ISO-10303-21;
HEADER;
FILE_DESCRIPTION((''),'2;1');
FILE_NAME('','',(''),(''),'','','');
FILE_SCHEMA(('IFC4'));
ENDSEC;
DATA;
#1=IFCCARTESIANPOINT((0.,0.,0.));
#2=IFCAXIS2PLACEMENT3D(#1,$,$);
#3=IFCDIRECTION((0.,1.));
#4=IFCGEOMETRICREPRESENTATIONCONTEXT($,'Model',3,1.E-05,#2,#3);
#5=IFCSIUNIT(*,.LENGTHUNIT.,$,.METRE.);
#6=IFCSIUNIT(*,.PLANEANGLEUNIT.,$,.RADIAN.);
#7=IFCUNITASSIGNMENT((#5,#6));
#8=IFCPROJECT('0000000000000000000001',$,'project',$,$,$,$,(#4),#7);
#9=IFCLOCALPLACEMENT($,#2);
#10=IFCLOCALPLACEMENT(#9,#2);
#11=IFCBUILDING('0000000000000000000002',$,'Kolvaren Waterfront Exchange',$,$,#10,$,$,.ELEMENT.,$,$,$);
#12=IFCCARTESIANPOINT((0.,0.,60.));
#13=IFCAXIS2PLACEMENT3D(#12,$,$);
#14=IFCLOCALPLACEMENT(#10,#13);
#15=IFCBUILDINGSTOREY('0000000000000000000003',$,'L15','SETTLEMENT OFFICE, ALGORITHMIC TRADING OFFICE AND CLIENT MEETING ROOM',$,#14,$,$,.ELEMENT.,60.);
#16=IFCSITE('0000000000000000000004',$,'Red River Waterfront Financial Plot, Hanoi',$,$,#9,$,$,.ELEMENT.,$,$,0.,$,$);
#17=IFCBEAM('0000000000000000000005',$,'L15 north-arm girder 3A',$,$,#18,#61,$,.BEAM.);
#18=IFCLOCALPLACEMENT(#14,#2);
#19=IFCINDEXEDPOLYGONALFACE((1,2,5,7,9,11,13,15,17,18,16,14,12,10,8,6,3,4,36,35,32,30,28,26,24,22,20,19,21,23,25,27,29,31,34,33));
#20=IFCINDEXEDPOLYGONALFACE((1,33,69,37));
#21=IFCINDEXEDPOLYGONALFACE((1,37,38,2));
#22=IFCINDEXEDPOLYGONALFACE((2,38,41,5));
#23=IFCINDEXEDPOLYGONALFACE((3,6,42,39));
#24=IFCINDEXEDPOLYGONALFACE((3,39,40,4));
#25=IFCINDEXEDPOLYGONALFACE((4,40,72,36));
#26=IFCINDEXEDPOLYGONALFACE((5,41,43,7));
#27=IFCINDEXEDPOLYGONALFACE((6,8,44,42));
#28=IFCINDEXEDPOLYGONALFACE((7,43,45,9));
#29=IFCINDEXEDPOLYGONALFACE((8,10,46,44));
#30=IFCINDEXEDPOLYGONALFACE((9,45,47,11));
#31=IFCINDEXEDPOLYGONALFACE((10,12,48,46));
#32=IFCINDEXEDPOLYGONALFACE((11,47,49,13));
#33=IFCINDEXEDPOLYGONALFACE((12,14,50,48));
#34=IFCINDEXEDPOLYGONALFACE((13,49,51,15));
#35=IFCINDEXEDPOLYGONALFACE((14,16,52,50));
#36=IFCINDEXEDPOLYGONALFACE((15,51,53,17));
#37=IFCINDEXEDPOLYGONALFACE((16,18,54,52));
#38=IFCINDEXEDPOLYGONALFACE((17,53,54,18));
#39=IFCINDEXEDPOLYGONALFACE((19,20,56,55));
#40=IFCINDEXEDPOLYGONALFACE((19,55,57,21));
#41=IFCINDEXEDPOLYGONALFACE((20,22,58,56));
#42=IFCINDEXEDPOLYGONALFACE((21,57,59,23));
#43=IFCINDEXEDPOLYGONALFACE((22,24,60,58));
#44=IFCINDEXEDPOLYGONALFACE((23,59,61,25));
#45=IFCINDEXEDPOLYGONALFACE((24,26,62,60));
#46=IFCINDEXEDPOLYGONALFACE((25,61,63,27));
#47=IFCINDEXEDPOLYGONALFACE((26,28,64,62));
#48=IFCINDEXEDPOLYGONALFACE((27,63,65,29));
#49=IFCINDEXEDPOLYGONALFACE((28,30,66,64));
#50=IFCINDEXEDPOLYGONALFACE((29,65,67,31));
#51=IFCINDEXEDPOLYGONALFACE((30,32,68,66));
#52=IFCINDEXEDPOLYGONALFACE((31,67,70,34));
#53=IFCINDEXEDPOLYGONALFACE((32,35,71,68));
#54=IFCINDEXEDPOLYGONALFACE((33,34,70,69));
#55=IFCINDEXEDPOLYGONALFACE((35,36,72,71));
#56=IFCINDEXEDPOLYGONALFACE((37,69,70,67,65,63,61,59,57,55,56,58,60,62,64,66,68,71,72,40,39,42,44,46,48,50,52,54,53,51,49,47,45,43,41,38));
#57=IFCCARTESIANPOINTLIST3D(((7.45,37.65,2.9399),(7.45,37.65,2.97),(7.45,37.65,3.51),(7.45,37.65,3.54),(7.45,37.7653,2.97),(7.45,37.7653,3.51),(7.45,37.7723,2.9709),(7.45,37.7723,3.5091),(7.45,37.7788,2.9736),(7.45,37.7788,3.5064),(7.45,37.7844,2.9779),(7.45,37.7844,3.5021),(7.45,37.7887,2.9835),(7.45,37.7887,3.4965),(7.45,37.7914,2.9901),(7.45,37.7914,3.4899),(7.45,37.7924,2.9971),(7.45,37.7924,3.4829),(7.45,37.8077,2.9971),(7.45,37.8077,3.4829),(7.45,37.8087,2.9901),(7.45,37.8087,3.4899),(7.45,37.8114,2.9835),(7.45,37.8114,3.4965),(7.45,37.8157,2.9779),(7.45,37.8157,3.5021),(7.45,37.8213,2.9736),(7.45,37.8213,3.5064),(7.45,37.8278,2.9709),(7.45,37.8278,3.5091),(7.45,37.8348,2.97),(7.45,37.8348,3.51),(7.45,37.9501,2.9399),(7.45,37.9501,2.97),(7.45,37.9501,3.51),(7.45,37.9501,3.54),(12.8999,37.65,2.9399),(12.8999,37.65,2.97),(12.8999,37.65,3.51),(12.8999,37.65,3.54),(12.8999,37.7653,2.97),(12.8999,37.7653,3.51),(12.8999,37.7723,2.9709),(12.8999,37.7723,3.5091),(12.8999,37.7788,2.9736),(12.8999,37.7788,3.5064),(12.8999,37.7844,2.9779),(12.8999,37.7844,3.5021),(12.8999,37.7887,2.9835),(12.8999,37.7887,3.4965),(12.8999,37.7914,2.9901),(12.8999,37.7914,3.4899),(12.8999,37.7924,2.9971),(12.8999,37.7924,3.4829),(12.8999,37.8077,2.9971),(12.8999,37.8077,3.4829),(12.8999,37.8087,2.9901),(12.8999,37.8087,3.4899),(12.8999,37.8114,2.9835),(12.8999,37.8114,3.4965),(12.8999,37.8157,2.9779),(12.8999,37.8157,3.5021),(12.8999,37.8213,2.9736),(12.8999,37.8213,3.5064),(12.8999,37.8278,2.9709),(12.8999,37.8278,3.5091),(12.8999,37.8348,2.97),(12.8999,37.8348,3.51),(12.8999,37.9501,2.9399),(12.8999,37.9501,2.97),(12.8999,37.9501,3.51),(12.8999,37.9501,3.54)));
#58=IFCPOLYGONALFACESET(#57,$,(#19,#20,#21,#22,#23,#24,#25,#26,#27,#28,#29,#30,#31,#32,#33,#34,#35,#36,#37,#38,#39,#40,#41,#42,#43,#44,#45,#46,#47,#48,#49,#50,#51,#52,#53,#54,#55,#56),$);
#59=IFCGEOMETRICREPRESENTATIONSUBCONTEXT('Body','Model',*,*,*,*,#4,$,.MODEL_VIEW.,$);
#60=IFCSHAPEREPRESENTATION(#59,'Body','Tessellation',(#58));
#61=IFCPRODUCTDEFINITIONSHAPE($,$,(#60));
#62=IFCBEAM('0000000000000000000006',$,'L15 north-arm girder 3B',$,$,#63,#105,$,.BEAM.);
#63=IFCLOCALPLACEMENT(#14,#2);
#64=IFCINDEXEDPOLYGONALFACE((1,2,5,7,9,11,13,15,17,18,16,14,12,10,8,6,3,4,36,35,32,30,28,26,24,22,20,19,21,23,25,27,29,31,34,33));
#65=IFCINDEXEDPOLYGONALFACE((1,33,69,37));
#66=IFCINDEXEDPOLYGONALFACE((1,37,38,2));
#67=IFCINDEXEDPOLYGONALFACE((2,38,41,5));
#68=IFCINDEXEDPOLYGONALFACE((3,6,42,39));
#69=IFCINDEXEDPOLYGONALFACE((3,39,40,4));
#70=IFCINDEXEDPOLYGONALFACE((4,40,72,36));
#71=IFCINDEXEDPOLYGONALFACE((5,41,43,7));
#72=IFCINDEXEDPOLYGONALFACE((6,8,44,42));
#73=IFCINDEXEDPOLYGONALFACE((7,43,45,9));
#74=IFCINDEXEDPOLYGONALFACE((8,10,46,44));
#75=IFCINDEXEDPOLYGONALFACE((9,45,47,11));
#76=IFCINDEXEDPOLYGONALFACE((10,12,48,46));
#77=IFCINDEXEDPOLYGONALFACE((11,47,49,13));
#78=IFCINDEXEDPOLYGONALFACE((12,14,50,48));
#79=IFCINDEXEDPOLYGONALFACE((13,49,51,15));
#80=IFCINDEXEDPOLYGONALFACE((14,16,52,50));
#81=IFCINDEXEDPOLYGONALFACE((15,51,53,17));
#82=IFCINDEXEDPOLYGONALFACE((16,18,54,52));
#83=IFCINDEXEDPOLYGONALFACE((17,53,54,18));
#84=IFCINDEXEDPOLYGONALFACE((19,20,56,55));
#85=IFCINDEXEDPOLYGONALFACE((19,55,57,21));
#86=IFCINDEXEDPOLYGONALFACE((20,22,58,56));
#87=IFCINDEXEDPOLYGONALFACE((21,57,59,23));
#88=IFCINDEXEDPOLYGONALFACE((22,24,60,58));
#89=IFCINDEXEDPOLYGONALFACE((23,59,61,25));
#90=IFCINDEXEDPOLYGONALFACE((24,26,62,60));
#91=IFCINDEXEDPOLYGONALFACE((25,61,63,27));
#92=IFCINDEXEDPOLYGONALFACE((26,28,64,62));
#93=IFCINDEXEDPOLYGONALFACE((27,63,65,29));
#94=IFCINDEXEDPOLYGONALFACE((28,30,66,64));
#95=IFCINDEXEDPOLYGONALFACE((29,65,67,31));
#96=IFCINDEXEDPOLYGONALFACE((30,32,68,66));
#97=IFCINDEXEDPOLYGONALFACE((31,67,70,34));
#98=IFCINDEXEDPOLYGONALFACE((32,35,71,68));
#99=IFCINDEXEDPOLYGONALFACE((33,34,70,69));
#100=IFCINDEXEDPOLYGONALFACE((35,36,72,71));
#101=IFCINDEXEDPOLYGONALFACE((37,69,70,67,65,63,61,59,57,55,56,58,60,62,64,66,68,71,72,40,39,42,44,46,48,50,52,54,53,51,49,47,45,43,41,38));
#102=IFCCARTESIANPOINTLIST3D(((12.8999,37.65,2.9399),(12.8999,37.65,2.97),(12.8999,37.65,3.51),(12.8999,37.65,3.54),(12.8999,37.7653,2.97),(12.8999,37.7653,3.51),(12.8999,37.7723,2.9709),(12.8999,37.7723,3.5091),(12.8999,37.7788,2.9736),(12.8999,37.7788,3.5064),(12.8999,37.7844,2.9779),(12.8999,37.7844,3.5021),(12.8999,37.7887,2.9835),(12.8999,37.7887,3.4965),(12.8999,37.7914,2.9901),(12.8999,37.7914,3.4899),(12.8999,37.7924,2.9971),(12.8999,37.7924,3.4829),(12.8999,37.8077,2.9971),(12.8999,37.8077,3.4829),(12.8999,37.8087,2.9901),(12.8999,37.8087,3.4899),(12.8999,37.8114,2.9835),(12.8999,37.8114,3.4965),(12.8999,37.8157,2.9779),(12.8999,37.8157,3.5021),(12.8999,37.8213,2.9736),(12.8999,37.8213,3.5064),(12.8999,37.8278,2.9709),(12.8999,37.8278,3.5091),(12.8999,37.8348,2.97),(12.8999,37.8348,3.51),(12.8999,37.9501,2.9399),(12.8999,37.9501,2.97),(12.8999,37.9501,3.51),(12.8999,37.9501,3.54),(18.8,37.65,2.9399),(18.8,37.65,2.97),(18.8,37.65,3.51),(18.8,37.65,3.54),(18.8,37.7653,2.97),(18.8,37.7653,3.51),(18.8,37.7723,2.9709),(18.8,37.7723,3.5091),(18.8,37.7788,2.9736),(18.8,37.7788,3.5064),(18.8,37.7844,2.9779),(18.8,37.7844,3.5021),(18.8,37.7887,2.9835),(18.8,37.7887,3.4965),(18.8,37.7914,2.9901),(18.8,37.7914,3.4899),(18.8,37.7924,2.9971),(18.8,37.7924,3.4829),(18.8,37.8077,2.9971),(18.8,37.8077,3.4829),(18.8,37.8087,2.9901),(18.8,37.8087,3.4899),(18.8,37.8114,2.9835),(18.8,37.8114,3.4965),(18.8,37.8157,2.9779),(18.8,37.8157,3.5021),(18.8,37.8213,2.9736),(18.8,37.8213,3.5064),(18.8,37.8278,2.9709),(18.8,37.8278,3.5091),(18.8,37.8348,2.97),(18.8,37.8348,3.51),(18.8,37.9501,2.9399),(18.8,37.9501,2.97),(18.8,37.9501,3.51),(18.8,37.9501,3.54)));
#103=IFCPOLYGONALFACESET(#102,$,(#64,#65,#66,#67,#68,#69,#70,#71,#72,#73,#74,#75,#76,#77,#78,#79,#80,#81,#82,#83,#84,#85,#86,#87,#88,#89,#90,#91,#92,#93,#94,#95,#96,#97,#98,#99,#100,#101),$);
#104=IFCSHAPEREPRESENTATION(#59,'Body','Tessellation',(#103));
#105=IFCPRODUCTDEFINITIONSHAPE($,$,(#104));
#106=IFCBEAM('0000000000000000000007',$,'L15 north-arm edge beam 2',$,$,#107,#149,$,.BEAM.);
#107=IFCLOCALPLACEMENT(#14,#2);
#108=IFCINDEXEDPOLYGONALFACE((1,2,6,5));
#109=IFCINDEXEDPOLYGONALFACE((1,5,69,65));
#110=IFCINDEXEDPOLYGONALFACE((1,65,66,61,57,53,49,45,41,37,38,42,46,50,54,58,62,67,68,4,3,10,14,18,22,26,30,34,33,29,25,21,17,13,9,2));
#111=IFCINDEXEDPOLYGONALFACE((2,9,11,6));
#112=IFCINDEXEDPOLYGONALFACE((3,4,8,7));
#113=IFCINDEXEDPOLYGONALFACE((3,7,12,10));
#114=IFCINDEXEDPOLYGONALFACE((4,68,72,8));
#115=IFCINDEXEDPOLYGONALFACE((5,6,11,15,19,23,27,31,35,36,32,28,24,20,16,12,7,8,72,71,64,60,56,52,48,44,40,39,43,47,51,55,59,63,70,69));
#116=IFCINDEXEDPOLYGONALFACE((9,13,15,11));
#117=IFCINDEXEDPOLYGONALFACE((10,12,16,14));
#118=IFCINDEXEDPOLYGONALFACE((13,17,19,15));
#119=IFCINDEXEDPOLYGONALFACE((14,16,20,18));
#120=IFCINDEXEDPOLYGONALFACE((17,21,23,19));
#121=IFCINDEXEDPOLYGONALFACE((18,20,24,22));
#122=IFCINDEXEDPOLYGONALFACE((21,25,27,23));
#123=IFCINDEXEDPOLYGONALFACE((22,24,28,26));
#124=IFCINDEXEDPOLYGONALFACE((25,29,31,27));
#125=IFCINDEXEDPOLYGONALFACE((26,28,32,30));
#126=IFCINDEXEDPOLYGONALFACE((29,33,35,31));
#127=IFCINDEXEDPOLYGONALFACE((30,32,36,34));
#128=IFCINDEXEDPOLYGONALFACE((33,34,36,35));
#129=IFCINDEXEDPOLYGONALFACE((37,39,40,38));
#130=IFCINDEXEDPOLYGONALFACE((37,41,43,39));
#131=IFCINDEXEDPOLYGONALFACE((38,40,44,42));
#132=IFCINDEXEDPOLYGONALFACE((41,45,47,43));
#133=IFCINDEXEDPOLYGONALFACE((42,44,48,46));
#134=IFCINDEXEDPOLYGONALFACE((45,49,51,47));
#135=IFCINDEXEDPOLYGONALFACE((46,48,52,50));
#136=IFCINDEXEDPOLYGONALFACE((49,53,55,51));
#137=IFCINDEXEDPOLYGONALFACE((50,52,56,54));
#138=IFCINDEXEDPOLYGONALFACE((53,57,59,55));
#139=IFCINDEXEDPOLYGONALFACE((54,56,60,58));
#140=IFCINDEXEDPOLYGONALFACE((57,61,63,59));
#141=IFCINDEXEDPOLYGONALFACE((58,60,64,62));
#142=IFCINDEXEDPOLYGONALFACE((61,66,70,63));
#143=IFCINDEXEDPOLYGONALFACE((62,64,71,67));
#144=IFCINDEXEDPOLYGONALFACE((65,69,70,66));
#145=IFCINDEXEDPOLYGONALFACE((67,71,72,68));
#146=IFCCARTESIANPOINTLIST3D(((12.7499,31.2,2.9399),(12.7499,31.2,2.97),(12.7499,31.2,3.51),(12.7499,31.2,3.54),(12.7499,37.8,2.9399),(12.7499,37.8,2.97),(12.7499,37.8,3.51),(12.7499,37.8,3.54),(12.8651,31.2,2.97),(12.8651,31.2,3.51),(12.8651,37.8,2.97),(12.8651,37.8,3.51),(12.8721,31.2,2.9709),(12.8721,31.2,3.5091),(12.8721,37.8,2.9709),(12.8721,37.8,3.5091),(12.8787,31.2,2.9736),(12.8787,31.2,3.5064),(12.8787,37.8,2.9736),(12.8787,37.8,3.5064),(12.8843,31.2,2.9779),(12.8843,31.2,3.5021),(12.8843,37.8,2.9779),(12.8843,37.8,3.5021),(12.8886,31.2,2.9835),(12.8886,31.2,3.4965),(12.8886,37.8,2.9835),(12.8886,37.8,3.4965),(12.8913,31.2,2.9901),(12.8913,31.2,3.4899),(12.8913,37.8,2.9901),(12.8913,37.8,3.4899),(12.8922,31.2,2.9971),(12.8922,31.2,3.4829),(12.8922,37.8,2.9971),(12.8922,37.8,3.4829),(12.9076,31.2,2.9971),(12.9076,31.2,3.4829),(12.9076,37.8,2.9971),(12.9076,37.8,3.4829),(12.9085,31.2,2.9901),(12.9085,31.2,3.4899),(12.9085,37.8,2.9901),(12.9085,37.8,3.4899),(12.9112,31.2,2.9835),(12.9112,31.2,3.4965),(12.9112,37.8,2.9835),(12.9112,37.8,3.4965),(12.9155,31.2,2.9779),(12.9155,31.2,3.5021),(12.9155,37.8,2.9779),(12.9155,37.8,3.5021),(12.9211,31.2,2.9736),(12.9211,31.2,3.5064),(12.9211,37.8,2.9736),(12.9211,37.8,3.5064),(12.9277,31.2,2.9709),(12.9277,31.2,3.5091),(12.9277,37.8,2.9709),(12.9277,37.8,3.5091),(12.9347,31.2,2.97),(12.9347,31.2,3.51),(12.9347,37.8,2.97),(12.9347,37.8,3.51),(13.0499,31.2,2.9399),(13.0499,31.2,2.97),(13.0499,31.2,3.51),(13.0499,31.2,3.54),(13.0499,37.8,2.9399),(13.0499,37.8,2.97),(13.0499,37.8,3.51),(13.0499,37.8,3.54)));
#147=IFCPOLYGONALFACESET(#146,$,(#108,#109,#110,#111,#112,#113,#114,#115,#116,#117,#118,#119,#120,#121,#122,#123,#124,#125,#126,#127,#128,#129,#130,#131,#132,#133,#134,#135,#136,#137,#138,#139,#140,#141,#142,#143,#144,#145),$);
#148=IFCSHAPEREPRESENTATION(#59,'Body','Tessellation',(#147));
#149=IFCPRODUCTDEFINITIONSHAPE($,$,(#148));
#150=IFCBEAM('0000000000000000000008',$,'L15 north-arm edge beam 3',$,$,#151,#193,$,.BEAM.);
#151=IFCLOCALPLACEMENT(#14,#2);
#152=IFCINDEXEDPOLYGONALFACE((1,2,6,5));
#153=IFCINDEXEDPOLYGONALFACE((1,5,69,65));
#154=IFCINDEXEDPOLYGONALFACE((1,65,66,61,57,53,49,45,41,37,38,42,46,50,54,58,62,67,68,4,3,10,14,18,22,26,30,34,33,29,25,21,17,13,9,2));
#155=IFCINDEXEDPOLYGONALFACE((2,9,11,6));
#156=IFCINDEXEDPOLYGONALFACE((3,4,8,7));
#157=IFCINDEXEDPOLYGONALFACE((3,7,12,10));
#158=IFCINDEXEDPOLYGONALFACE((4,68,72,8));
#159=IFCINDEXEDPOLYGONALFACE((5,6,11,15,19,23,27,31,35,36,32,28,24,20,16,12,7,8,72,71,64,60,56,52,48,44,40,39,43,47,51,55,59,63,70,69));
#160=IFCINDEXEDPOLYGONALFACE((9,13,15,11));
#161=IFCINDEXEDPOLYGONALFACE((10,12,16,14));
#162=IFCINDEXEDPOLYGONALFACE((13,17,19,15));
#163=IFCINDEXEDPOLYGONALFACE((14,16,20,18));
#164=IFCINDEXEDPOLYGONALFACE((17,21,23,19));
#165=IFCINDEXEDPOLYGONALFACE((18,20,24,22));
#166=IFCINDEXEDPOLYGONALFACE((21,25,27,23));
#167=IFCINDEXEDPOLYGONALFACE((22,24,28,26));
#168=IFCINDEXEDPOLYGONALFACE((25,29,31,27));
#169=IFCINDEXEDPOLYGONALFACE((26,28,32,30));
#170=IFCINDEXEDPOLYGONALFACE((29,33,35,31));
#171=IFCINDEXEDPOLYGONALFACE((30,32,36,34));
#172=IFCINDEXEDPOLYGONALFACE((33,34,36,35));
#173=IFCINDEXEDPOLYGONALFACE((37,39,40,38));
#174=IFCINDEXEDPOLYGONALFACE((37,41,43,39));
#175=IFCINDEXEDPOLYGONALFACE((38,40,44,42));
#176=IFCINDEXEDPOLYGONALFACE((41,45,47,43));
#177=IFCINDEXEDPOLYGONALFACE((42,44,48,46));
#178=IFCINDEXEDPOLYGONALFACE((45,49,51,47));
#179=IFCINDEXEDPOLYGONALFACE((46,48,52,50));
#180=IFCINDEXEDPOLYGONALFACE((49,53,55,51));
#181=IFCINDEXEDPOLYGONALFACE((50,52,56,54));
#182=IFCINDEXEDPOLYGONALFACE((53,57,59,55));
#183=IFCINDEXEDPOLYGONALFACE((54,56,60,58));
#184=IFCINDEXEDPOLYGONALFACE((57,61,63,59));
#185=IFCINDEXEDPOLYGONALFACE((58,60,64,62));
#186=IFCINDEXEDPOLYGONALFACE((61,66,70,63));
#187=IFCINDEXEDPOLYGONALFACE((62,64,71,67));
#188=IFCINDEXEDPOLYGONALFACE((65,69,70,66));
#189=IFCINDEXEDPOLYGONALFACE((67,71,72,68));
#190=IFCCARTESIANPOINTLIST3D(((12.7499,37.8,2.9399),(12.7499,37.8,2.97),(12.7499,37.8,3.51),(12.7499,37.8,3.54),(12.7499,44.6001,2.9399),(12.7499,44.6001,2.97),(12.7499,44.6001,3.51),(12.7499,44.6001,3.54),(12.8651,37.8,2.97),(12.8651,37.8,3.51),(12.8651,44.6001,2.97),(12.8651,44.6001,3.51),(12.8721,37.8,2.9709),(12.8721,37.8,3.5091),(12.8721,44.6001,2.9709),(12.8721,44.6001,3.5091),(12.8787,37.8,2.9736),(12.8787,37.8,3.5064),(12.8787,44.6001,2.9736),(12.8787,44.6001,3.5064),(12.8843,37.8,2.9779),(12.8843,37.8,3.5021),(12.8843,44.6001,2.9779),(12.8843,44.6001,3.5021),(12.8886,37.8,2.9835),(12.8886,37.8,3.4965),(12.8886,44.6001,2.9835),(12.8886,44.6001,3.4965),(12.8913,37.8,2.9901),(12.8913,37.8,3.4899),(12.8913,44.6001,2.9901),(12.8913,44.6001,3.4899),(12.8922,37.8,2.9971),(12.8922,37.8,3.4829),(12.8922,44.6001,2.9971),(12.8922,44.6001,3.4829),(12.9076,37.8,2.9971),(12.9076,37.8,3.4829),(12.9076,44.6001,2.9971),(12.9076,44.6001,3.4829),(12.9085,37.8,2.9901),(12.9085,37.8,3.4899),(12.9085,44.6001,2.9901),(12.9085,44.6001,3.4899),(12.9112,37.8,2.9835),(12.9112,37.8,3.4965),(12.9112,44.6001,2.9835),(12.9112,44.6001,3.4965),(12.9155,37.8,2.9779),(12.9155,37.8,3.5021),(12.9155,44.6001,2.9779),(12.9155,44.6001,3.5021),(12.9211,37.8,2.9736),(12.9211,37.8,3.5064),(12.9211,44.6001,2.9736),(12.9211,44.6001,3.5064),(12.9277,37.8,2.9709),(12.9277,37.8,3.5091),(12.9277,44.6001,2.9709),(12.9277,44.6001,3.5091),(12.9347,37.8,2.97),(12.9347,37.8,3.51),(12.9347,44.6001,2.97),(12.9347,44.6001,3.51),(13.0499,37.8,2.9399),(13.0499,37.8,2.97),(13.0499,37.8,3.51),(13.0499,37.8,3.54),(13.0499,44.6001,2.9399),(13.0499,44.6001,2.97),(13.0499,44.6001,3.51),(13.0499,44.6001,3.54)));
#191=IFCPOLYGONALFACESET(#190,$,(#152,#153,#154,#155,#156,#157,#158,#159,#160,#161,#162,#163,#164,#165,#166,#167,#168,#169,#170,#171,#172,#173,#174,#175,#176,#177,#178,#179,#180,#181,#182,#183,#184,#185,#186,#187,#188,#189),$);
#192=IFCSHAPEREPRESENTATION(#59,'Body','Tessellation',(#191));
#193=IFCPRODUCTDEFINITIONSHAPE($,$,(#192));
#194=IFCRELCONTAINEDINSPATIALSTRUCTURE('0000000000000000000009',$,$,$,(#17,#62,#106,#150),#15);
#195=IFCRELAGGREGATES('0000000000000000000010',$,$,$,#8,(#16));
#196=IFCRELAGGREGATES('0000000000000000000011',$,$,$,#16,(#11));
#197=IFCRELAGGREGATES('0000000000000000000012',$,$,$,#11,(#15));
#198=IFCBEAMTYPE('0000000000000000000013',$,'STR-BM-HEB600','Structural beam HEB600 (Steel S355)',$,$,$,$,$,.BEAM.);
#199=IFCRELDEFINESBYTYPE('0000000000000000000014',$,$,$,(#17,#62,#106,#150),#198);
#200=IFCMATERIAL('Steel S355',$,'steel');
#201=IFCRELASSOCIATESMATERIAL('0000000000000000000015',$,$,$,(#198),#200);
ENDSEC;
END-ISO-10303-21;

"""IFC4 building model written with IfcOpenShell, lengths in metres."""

from ifc_helpers import new_model, si_unit, direction, frame, origin, origin_2d, place, context, subcontext, project, spatial, i_section, extrude, material, material_profile, profile_set, type_object, element, save


model = new_model("IFC4")

# Units and contexts
model_context = context("Model", 3, precision=1e-05, world=origin(), true_north=direction((0.0, 1.0)))
body_context = subcontext(model_context, "Body", "Model", "MODEL_VIEW")
ifc_project = project(units=[si_unit("LENGTHUNIT", "METRE"), si_unit("PLANEANGLEUNIT", "RADIAN")], contexts=[model_context])

# Site, building, storey
site_placement = place(None, origin())
site = spatial("IfcSite", under=ifc_project, at=site_placement, Name="Red River Waterfront Financial Plot, Hanoi", CompositionType="ELEMENT", RefElevation=0.0)
building_placement = place(site_placement, origin())
building = spatial("IfcBuilding", under=site, at=building_placement, Name="Kolvaren Waterfront Exchange", CompositionType="ELEMENT")
storey_placement = place(building_placement, frame((0.0, 0.0, 60.0)))
storey = spatial("IfcBuildingStorey", under=building, at=storey_placement, Name="L15", Description="SETTLEMENT OFFICE, ALGORITHMIC TRADING OFFICE AND CLIENT MEETING ROOM", CompositionType="ELEMENT", Elevation=60.0)

# Beams
ifc_material_1 = material(Name="Steel S355", Category="steel")
ifc_material_profile_1 = material_profile(ifc_material_1, i_section(OverallWidth=0.3, OverallDepth=0.6001, WebThickness=0.0154, FlangeThickness=0.03, FilletRadius=0.0271, at=origin_2d()), Name="HEB600")
ifc_profile_set_1 = profile_set([ifc_material_profile_1], Name="Steel S355")
beam_type_1 = type_object("IfcBeamType", Name="STR-BM-HEB600", Description="Structural beam HEB600 (Steel S355)", PredefinedType="BEAM", material=ifc_profile_set_1)
beam_1_placement = place(storey_placement, frame((7.45, 37.8, 3.24), z_axis=(1.0, 0.0, 0.0), x_axis=(0.0, 1.0, 0.0)))
element("IfcBeam", 1, at=beam_1_placement, inside=storey, type_object=beam_type_1, Name="L15 north-arm girder 3A", PredefinedType="BEAM", context=body_context, shape_type="SweptSolid", body=[
    extrude(i_section(OverallWidth=0.3, OverallDepth=0.6001, WebThickness=0.0154, FlangeThickness=0.03, FilletRadius=0.0271, at=origin_2d()), origin(), (0.0, 0.0, 1.0), 5.45),
])
beam_2_placement = place(storey_placement, frame((12.8999, 37.8, 3.24), z_axis=(1.0, 0.0, 0.0), x_axis=(0.0, 1.0, 0.0)))
element("IfcBeam", 2, at=beam_2_placement, inside=storey, type_object=beam_type_1, Name="L15 north-arm girder 3B", PredefinedType="BEAM", context=body_context, shape_type="SweptSolid", body=[
    extrude(i_section(OverallWidth=0.3, OverallDepth=0.6001, WebThickness=0.0154, FlangeThickness=0.03, FilletRadius=0.0271, at=origin_2d()), origin(), (0.0, 0.0, 1.0), 5.9001),
])
beam_3_placement = place(storey_placement, frame((12.8999, 31.2, 3.24), z_axis=(0.0, 1.0, 0.0), x_axis=(-1.0, 0.0, 0.0)))
element("IfcBeam", 3, at=beam_3_placement, inside=storey, type_object=beam_type_1, Name="L15 north-arm edge beam 2", PredefinedType="BEAM", context=body_context, shape_type="SweptSolid", body=[
    extrude(i_section(OverallWidth=0.3, OverallDepth=0.6001, WebThickness=0.0154, FlangeThickness=0.03, FilletRadius=0.0271, at=origin_2d()), origin(), (0.0, 0.0, 1.0), 6.6001),
])
beam_4_placement = place(storey_placement, frame((12.8999, 37.8, 3.24), z_axis=(0.0, 1.0, 0.0), x_axis=(-1.0, 0.0, 0.0)))
element("IfcBeam", 4, at=beam_4_placement, inside=storey, type_object=beam_type_1, Name="L15 north-arm edge beam 3", PredefinedType="BEAM", context=body_context, shape_type="SweptSolid", body=[
    extrude(i_section(OverallWidth=0.3, OverallDepth=0.6001, WebThickness=0.0154, FlangeThickness=0.03, FilletRadius=0.0271, at=origin_2d()), origin(), (0.0, 0.0, 1.0), 6.8),
])

save(model, "model.ifc")
